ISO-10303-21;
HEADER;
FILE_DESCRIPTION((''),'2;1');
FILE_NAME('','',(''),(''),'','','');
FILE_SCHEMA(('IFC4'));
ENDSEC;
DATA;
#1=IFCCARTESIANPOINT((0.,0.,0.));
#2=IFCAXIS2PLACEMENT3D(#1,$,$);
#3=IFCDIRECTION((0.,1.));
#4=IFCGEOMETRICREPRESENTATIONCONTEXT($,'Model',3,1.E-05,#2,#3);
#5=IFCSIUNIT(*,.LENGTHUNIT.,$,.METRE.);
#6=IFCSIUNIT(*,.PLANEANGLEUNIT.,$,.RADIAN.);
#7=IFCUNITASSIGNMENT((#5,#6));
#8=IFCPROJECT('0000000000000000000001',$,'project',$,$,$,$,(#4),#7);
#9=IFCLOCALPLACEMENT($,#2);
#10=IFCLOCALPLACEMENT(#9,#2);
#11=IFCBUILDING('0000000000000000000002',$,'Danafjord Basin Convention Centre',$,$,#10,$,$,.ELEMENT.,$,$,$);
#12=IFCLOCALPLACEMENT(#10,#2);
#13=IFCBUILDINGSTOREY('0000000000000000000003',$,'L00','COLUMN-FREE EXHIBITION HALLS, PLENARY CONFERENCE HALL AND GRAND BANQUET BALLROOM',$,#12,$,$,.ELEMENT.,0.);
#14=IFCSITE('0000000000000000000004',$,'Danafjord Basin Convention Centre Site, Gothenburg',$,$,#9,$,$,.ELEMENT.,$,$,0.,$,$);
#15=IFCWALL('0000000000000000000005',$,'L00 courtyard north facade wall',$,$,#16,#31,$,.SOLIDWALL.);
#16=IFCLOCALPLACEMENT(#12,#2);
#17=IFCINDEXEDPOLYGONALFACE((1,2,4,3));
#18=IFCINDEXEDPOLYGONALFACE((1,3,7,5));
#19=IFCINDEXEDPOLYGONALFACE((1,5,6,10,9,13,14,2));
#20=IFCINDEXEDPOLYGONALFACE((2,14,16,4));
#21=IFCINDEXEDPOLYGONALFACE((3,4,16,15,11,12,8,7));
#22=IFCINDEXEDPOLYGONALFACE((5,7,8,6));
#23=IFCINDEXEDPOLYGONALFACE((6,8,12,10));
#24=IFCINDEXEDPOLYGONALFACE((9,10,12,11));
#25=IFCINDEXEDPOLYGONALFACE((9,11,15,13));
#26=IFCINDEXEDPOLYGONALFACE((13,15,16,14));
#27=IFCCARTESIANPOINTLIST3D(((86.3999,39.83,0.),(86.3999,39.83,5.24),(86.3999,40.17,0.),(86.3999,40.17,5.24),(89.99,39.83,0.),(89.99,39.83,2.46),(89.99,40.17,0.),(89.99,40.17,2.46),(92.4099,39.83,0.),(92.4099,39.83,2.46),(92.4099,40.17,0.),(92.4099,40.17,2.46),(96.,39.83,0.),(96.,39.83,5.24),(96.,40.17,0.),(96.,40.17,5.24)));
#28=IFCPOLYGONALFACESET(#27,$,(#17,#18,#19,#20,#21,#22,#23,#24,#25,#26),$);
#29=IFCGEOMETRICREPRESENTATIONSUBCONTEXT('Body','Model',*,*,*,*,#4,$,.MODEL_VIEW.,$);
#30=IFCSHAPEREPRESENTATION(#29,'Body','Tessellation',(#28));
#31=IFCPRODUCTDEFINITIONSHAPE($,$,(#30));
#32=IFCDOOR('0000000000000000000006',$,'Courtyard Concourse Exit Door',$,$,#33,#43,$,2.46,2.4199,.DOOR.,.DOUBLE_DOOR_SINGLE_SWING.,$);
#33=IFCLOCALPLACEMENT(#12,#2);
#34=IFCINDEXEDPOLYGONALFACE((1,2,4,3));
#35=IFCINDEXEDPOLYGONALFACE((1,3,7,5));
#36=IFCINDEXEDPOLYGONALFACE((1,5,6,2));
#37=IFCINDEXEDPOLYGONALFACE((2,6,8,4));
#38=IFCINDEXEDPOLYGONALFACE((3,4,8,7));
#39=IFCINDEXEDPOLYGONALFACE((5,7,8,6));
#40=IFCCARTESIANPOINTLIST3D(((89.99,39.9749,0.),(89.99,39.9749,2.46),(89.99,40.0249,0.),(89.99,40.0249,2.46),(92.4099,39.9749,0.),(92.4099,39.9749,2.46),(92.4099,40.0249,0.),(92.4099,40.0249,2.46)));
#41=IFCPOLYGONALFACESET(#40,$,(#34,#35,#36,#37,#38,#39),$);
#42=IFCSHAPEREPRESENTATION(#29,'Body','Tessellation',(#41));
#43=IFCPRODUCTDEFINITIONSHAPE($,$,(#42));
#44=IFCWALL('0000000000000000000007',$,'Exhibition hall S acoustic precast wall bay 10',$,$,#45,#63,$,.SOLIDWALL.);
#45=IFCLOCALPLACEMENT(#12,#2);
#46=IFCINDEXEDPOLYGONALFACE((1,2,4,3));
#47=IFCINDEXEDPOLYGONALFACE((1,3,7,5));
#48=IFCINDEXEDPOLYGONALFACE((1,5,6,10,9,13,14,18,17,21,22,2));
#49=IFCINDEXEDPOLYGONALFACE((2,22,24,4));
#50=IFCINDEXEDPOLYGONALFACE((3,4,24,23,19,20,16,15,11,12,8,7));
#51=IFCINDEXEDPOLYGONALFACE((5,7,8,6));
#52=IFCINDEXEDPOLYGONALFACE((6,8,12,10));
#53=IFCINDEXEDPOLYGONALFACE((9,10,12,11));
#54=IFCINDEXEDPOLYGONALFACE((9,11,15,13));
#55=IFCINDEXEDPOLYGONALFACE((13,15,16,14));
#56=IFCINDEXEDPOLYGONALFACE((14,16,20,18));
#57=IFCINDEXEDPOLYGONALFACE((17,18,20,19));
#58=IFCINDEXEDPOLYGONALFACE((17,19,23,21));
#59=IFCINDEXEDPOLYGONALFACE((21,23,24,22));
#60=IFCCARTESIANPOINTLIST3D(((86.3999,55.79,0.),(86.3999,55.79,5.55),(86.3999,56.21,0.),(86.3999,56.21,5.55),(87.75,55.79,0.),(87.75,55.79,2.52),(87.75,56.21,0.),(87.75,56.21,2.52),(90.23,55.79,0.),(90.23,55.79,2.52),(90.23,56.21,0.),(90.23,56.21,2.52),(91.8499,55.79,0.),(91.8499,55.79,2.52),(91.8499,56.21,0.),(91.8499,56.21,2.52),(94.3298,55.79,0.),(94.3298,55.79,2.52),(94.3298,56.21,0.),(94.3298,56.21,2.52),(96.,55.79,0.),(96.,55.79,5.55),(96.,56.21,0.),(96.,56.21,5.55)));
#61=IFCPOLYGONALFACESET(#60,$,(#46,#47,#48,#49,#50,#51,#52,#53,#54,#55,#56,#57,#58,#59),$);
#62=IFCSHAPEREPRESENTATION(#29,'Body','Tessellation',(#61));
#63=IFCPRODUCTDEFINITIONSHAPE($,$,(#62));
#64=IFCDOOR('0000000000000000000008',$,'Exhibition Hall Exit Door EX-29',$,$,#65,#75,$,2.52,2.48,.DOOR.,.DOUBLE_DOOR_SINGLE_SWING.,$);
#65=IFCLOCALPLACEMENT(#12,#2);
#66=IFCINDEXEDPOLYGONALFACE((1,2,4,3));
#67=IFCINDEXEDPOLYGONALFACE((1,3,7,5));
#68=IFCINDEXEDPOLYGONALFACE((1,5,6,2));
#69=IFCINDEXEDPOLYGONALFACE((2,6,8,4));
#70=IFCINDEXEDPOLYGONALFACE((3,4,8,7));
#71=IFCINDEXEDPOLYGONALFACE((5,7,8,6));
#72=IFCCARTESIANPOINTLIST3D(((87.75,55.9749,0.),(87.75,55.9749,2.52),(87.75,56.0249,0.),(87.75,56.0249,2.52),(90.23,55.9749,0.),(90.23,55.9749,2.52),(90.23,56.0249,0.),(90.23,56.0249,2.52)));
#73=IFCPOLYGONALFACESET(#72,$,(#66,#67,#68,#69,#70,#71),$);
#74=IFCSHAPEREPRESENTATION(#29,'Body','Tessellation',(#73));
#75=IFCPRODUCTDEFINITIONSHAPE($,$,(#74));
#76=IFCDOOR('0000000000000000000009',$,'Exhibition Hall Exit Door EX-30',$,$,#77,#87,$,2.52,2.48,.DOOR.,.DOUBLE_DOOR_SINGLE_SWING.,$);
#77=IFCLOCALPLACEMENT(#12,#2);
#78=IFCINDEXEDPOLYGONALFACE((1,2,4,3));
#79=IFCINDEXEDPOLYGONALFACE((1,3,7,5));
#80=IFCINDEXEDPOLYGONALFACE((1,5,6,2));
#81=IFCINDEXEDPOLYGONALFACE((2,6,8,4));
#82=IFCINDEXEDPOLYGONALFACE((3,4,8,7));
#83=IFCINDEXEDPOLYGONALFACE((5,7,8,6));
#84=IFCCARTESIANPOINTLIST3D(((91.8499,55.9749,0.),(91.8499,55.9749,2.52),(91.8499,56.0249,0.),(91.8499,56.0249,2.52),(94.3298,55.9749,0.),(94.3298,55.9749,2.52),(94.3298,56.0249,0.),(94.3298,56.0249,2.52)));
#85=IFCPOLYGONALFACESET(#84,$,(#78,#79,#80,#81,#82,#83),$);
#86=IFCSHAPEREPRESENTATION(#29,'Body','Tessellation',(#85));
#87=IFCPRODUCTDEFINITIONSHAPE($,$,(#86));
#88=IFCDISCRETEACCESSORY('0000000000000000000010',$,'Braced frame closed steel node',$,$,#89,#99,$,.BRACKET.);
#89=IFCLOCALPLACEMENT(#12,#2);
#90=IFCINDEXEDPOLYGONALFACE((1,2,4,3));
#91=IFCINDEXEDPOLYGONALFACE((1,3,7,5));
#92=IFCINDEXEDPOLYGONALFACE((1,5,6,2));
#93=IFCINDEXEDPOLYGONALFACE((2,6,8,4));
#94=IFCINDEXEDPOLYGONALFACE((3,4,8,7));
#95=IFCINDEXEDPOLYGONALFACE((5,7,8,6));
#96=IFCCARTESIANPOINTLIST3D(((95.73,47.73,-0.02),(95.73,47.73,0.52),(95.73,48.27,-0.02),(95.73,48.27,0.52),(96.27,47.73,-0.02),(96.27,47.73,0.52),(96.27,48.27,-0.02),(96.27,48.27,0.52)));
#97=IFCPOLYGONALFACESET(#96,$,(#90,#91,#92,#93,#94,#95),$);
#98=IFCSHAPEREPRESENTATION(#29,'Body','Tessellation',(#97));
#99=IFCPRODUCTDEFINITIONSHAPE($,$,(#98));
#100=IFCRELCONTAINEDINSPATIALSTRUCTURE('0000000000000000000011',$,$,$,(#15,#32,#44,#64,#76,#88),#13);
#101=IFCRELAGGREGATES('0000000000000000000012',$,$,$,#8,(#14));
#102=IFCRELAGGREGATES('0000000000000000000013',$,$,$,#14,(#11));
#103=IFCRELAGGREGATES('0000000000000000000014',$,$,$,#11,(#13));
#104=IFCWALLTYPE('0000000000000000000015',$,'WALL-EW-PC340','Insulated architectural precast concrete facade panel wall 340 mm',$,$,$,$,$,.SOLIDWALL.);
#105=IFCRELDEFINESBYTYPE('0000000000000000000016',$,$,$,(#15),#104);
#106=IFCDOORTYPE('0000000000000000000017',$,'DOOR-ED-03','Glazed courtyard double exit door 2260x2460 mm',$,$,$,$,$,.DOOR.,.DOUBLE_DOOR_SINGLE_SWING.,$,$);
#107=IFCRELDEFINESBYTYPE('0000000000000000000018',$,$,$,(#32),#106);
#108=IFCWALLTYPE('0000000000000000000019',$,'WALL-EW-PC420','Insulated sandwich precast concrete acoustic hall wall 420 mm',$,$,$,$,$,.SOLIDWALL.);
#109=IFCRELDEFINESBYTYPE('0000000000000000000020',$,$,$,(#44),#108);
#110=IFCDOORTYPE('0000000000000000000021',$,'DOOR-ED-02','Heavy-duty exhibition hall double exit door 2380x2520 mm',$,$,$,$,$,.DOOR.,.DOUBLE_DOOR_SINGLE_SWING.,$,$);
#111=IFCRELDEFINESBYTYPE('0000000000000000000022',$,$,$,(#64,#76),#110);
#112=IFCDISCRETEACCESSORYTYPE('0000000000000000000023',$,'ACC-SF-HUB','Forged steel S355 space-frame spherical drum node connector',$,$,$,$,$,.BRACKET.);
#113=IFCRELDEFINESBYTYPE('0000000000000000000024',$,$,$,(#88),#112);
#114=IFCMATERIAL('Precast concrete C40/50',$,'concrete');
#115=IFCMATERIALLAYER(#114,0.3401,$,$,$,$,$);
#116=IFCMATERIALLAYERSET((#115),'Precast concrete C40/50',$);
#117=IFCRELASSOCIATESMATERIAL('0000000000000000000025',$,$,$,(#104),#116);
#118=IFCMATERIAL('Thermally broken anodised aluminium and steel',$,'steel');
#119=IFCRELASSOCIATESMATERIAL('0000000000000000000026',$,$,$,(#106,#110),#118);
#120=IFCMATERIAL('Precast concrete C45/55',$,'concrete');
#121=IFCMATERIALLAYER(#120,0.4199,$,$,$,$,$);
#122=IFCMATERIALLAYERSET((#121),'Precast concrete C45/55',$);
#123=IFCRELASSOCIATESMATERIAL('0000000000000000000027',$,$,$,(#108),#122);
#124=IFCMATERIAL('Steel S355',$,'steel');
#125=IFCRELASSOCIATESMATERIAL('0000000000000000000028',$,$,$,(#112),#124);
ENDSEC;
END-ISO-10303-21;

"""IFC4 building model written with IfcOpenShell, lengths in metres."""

from ifc_helpers import new_model, si_unit, direction, frame, frame_2d, origin, origin_2d, place, context, subcontext, project, spatial, rectangle, extrude, material, layer, layer_set, type_object, element, fill, save


model = new_model("IFC4")

# Units and contexts
model_context = context("Model", 3, precision=1e-05, world=origin(), true_north=direction((0.0, 1.0)))
body_context = subcontext(model_context, "Body", "Model", "MODEL_VIEW")
ifc_project = project(units=[si_unit("LENGTHUNIT", "METRE"), si_unit("PLANEANGLEUNIT", "RADIAN")], contexts=[model_context])

# Site, building, storey
site_placement = place(None, origin())
site = spatial("IfcSite", under=ifc_project, at=site_placement, Name="Danafjord Basin Convention Centre Site, Gothenburg", CompositionType="ELEMENT", RefElevation=0.0)
building_placement = place(site_placement, origin())
building = spatial("IfcBuilding", under=site, at=building_placement, Name="Danafjord Basin Convention Centre", CompositionType="ELEMENT")
storey_placement = place(building_placement, origin())
storey = spatial("IfcBuildingStorey", under=building, at=storey_placement, Name="L00", Description="COLUMN-FREE EXHIBITION HALLS, PLENARY CONFERENCE HALL AND GRAND BANQUET BALLROOM", CompositionType="ELEMENT", Elevation=0.0)

# Shared definitions
ifc_material_1 = material(Name="Steel S355", Category="steel")

# Wall, opening, door
ifc_material_2 = material(Name="Precast concrete C40/50", Category="concrete")
ifc_layer_1 = layer(ifc_material_2, 0.3401)
ifc_layer_set_1 = layer_set([ifc_layer_1], Name="Precast concrete C40/50")
wall_type_1 = type_object("IfcWallType", Name="WALL-EW-PC340", Description="Insulated architectural precast concrete facade panel wall 340 mm", PredefinedType="SOLIDWALL", material=ifc_layer_set_1)
wall_1_placement = place(storey_placement, frame((86.3999, 40.0, 0.0), z_axis=(0.0, 0.0, 1.0), x_axis=(1.0, 0.0, 0.0)))
wall_1 = element("IfcWall", 1, at=wall_1_placement, inside=storey, type_object=wall_type_1, Name="L00 courtyard north facade wall", PredefinedType="SOLIDWALL", context=body_context, shape_type="SweptSolid", body=[
    extrude(rectangle(XDim=9.6001, YDim=0.3401, at=frame_2d((4.8, 0.0))), origin(), (0.0, 0.0, 1.0), 5.24),
])
opening_1_placement = place(wall_1_placement, frame((3.5901, 0.0, 0.0)))
opening_1 = element("IfcOpeningElement", 2, at=opening_1_placement, cuts=wall_1, PredefinedType="OPENING", context=body_context, shape_type="SweptSolid", body=[
    extrude(rectangle(XDim=2.4199, YDim=2.46, at=frame_2d((1.21, 1.23))), frame((0.0, 0.1799, 0.0), z_axis=(0.0, -1.0, 0.0), x_axis=(1.0, 0.0, 0.0)), (0.0, 0.0, 1.0), 0.3601),
])
ifc_material_3 = material(Name="Thermally broken anodised aluminium and steel", Category="steel")
door_type_1 = type_object("IfcDoorType", Name="DOOR-ED-03", Description="Glazed courtyard double exit door 2260x2460 mm", OperationType="DOUBLE_DOOR_SINGLE_SWING", PredefinedType="DOOR", material=ifc_material_3)
door_1_placement = place(opening_1_placement, origin())
door_1 = element("IfcDoor", 3, at=door_1_placement, inside=storey, type_object=door_type_1, Name="Courtyard Concourse Exit Door", OperationType="DOUBLE_DOOR_SINGLE_SWING", OverallHeight=2.46, OverallWidth=2.4199, PredefinedType="DOOR", context=body_context, shape_type="SweptSolid", body=[
    extrude(rectangle(XDim=2.4199, YDim=2.46, at=frame_2d((1.21, 1.23))), frame((0.0, 0.0249, 0.0), z_axis=(0.0, -1.0, 0.0), x_axis=(1.0, 0.0, 0.0)), (0.0, 0.0, 1.0), 0.05),
])
fill(opening_1, door_1)

# Wall, openings, doors
ifc_material_4 = material(Name="Precast concrete C45/55", Category="concrete")
ifc_layer_2 = layer(ifc_material_4, 0.4199)
ifc_layer_set_2 = layer_set([ifc_layer_2], Name="Precast concrete C45/55")
wall_type_2 = type_object("IfcWallType", Name="WALL-EW-PC420", Description="Insulated sandwich precast concrete acoustic hall wall 420 mm", PredefinedType="SOLIDWALL", material=ifc_layer_set_2)
wall_2_placement = place(storey_placement, frame((86.3999, 56.0, 0.0), z_axis=(0.0, 0.0, 1.0), x_axis=(1.0, 0.0, 0.0)))
wall_2 = element("IfcWall", 4, at=wall_2_placement, inside=storey, type_object=wall_type_2, Name="Exhibition hall S acoustic precast wall bay 10", PredefinedType="SOLIDWALL", context=body_context, shape_type="SweptSolid", body=[
    extrude(rectangle(XDim=9.6001, YDim=0.4199, at=frame_2d((4.8, 0.0))), origin(), (0.0, 0.0, 1.0), 5.55),
])
opening_2_placement = place(wall_2_placement, frame((1.3501, 0.0, 0.0)))
opening_2 = element("IfcOpeningElement", 5, at=opening_2_placement, cuts=wall_2, PredefinedType="OPENING", context=body_context, shape_type="SweptSolid", body=[
    extrude(rectangle(XDim=2.48, YDim=2.52, at=frame_2d((1.24, 1.26))), frame((0.0, 0.22, 0.0), z_axis=(0.0, -1.0, 0.0), x_axis=(1.0, 0.0, 0.0)), (0.0, 0.0, 1.0), 0.4399),
])
opening_3_placement = place(wall_2_placement, frame((5.45, 0.0, 0.0)))
opening_3 = element("IfcOpeningElement", 6, at=opening_3_placement, cuts=wall_2, PredefinedType="OPENING", context=body_context, shape_type="SweptSolid", body=[
    extrude(rectangle(XDim=2.48, YDim=2.52, at=frame_2d((1.24, 1.26))), frame((0.0, 0.22, 0.0), z_axis=(0.0, -1.0, 0.0), x_axis=(1.0, 0.0, 0.0)), (0.0, 0.0, 1.0), 0.4399),
])
door_type_2 = type_object("IfcDoorType", Name="DOOR-ED-02", Description="Heavy-duty exhibition hall double exit door 2380x2520 mm", OperationType="DOUBLE_DOOR_SINGLE_SWING", PredefinedType="DOOR", material=ifc_material_3)
door_2_placement = place(opening_2_placement, origin())
door_2 = element("IfcDoor", 7, at=door_2_placement, inside=storey, type_object=door_type_2, Name="Exhibition Hall Exit Door EX-29", OperationType="DOUBLE_DOOR_SINGLE_SWING", OverallHeight=2.52, OverallWidth=2.48, PredefinedType="DOOR", context=body_context, shape_type="SweptSolid", body=[
    extrude(rectangle(XDim=2.48, YDim=2.52, at=frame_2d((1.24, 1.26))), frame((0.0, 0.0249, 0.0), z_axis=(0.0, -1.0, 0.0), x_axis=(1.0, 0.0, 0.0)), (0.0, 0.0, 1.0), 0.05),
])
fill(opening_2, door_2)
door_3_placement = place(opening_3_placement, origin())
door_3 = element("IfcDoor", 8, at=door_3_placement, inside=storey, type_object=door_type_2, Name="Exhibition Hall Exit Door EX-30", OperationType="DOUBLE_DOOR_SINGLE_SWING", OverallHeight=2.52, OverallWidth=2.48, PredefinedType="DOOR", context=body_context, shape_type="SweptSolid", body=[
    extrude(rectangle(XDim=2.48, YDim=2.52, at=frame_2d((1.24, 1.26))), frame((0.0, 0.0249, 0.0), z_axis=(0.0, -1.0, 0.0), x_axis=(1.0, 0.0, 0.0)), (0.0, 0.0, 1.0), 0.05),
])
fill(opening_3, door_3)

# Discrete accessory
discrete_accessory_type = type_object("IfcDiscreteAccessoryType", Name="ACC-SF-HUB", Description="Forged steel S355 space-frame spherical drum node connector", PredefinedType="BRACKET", material=ifc_material_1)
discrete_accessory_placement = place(storey_placement, frame((96.0, 48.0, -0.02), z_axis=(0.0, 0.0, 1.0), x_axis=(1.0, 0.0, 0.0)))
element("IfcDiscreteAccessory", 9, at=discrete_accessory_placement, inside=storey, type_object=discrete_accessory_type, Name="Braced frame closed steel node", PredefinedType="BRACKET", context=body_context, shape_type="SweptSolid", body=[
    extrude(rectangle(XDim=0.54, YDim=0.54, at=origin_2d()), origin(), (0.0, 0.0, 1.0), 0.54),
])

save(model, "model.ifc")
